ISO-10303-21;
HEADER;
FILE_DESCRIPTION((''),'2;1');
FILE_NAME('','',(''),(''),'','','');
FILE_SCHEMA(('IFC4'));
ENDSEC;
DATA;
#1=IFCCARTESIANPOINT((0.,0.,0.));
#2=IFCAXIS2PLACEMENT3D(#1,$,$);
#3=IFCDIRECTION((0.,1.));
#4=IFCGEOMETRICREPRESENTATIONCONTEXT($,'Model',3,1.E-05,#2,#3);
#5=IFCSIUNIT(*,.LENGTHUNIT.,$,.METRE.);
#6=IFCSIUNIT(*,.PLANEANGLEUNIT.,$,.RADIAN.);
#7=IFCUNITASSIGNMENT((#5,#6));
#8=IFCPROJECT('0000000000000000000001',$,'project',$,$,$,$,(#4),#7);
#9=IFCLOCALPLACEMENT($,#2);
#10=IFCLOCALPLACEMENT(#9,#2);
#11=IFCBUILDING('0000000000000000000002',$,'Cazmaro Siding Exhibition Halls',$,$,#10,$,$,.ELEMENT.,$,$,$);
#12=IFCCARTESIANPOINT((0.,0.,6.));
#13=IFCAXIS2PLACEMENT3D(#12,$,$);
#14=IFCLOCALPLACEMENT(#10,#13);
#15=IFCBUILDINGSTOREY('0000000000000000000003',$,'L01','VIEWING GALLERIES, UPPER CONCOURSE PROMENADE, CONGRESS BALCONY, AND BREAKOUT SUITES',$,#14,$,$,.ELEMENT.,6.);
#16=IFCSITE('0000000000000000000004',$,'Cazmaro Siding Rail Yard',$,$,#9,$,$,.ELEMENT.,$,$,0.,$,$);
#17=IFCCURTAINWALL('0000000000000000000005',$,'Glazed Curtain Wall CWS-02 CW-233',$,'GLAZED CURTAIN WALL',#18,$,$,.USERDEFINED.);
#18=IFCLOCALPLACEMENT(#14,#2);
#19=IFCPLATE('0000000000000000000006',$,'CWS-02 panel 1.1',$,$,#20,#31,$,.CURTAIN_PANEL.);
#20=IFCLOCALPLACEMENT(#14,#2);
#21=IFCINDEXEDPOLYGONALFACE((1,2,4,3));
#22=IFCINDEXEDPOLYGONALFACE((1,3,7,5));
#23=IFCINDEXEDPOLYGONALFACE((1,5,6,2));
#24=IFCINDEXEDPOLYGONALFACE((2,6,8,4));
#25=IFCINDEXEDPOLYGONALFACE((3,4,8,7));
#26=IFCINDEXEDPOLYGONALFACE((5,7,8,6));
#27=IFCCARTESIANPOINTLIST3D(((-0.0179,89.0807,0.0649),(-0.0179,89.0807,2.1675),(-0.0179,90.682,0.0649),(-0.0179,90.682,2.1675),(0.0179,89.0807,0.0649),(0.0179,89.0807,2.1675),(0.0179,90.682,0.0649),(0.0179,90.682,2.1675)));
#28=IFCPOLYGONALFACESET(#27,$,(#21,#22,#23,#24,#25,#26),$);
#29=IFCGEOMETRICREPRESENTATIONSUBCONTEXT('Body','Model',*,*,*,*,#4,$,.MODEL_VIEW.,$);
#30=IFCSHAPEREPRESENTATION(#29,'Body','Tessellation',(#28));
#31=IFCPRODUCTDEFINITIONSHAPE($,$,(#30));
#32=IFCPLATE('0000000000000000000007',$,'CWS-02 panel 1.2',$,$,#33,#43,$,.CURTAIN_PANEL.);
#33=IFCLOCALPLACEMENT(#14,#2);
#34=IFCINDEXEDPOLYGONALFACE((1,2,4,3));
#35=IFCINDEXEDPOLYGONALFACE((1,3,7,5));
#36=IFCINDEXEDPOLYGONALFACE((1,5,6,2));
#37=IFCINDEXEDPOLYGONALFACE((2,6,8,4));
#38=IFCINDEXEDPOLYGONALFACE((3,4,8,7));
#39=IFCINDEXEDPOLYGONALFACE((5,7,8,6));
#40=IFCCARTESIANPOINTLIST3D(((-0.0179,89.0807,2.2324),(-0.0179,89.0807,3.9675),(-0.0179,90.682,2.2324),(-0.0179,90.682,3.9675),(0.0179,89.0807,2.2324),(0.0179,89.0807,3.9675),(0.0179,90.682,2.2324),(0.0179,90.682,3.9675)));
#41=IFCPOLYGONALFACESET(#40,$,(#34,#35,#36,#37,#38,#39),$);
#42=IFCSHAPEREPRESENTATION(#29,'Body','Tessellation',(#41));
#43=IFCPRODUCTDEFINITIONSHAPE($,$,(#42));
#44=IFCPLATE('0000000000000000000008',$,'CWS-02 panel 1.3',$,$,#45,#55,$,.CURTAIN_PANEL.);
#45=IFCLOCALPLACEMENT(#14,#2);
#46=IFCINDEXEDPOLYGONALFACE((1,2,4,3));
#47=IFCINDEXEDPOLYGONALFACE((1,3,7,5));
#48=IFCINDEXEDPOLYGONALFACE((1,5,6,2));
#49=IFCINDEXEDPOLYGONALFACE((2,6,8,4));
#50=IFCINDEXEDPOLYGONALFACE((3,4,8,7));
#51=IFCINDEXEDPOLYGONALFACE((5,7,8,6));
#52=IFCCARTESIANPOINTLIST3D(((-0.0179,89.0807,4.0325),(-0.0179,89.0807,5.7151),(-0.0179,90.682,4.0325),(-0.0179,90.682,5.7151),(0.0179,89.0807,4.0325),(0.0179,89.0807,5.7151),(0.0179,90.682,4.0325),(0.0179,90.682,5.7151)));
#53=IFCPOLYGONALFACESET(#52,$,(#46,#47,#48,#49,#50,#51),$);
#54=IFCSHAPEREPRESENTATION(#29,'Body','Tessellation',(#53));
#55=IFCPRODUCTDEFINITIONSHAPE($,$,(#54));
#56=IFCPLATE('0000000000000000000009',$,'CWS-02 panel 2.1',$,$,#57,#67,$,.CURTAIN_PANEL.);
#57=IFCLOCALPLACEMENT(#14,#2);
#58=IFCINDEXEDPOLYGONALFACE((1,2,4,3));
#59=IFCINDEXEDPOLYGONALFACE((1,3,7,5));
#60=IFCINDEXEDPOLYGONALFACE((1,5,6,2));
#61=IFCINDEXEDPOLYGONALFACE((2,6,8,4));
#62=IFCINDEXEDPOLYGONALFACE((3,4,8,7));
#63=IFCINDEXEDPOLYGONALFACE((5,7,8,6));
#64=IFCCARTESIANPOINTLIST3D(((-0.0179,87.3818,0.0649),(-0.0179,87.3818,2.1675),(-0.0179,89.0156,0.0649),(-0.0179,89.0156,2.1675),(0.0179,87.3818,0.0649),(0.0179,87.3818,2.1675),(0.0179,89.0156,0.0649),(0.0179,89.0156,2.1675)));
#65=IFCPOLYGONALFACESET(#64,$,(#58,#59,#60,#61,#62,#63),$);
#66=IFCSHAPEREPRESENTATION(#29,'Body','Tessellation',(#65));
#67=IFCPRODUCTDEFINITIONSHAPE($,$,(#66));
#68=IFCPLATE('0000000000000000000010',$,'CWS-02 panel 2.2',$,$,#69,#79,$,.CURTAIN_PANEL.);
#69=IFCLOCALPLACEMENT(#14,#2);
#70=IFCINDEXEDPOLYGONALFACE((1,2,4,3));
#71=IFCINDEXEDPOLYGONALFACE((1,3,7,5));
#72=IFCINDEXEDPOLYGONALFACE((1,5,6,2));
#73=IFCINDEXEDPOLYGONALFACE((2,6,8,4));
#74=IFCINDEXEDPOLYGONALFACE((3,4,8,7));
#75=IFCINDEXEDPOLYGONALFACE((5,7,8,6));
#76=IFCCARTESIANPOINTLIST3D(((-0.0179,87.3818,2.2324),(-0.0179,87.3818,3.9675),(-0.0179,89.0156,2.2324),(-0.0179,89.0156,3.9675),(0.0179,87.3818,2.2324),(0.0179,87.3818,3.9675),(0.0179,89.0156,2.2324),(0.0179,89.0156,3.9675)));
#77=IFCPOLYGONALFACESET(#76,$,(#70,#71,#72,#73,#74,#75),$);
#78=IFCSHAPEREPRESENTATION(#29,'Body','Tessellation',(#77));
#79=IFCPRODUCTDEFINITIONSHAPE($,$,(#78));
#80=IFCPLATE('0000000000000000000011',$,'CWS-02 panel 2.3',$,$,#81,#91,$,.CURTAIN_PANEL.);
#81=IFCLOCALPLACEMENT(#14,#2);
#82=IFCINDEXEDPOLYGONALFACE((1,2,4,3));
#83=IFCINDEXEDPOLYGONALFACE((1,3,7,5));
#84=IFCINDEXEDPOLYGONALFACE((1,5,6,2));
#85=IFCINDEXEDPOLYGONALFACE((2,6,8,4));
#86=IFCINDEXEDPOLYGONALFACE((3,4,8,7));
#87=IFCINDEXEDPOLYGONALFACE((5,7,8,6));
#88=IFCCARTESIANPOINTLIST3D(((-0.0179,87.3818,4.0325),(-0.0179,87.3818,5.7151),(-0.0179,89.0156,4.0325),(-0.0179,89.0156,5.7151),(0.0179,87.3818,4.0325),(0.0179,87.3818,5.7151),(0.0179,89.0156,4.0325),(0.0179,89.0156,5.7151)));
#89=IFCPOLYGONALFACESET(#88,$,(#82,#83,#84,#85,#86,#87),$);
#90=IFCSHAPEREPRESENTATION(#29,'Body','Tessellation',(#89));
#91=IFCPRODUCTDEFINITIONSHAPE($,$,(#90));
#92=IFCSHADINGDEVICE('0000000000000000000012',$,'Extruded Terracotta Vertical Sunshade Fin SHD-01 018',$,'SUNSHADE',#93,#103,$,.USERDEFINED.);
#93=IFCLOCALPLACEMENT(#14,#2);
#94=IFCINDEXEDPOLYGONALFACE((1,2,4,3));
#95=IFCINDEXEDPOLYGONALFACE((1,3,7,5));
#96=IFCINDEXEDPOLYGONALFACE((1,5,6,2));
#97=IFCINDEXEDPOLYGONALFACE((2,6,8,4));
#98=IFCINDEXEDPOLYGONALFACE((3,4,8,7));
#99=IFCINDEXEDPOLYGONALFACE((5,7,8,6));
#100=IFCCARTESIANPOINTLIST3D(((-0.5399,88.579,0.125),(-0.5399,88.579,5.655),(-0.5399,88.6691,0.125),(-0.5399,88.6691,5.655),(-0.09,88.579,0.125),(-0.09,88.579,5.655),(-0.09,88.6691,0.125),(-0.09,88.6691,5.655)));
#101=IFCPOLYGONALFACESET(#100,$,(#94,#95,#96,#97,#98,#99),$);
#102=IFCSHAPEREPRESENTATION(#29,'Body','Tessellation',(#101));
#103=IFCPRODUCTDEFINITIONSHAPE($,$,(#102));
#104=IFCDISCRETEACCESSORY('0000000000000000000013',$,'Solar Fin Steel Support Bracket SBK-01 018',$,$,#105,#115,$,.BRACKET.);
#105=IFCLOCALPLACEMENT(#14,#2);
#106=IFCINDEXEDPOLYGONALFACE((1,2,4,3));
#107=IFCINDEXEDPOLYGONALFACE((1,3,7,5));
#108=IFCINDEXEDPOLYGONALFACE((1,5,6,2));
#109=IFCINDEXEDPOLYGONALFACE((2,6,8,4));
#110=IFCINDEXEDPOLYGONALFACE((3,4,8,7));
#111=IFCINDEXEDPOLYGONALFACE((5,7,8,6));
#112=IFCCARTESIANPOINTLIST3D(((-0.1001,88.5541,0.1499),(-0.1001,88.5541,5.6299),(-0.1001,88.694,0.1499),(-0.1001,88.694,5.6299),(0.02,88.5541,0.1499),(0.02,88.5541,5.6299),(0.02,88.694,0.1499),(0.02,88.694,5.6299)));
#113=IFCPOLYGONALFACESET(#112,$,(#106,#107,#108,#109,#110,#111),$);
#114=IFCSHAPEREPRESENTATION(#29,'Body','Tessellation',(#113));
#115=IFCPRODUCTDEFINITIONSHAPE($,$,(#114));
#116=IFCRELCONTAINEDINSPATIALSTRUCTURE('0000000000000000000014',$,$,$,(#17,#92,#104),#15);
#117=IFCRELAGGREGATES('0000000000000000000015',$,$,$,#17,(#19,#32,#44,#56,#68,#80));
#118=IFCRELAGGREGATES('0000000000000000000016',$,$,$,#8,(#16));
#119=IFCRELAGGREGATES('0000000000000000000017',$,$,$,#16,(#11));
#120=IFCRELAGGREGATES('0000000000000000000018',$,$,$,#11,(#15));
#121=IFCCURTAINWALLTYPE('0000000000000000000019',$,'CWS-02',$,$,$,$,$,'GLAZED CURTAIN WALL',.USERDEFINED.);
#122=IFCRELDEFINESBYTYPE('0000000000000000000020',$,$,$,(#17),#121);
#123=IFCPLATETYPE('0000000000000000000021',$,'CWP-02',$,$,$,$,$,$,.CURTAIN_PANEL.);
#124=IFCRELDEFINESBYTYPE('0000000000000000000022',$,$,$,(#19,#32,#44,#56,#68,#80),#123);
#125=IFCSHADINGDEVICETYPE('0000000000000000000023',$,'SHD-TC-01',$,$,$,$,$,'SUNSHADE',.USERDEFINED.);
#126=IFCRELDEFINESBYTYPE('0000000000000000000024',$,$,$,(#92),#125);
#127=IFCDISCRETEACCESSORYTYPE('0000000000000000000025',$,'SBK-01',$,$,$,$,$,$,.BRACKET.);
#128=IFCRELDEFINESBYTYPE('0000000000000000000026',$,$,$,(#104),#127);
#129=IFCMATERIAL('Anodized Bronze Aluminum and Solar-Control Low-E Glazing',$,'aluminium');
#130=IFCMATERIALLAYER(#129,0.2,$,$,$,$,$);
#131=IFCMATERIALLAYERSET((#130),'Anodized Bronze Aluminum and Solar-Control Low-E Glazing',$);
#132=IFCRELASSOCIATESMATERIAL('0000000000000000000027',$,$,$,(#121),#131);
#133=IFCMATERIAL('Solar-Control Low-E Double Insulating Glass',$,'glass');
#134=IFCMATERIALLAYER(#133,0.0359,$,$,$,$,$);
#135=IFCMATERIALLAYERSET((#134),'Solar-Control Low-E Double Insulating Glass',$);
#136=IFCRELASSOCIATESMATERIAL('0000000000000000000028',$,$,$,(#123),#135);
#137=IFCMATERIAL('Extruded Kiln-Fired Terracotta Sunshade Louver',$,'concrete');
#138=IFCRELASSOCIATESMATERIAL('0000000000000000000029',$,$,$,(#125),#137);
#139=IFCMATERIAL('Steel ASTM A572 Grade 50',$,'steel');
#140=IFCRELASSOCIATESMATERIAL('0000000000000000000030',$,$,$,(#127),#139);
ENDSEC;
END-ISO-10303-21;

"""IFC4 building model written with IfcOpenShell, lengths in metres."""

from ifc_helpers import new_model, si_unit, direction, frame, origin, origin_2d, place, context, subcontext, project, spatial, rectangle, extrude, material, layer, layer_set, type_object, element, aggregate, save


model = new_model("IFC4")

# Units and contexts
model_context = context("Model", 3, precision=1e-05, world=origin(), true_north=direction((0.0, 1.0)))
body_context = subcontext(model_context, "Body", "Model", "MODEL_VIEW")
ifc_project = project(units=[si_unit("LENGTHUNIT", "METRE"), si_unit("PLANEANGLEUNIT", "RADIAN")], contexts=[model_context])

# Site, building, storey
site_placement = place(None, origin())
site = spatial("IfcSite", under=ifc_project, at=site_placement, Name="Cazmaro Siding Rail Yard", CompositionType="ELEMENT", RefElevation=0.0)
building_placement = place(site_placement, origin())
building = spatial("IfcBuilding", under=site, at=building_placement, Name="Cazmaro Siding Exhibition Halls", CompositionType="ELEMENT")
storey_placement = place(building_placement, frame((0.0, 0.0, 6.0)))
storey = spatial("IfcBuildingStorey", under=building, at=storey_placement, Name="L01", Description="VIEWING GALLERIES, UPPER CONCOURSE PROMENADE, CONGRESS BALCONY, AND BREAKOUT SUITES", CompositionType="ELEMENT", Elevation=6.0)

# Curtain wall
ifc_material_1 = material(Name="Anodized Bronze Aluminum and Solar-Control Low-E Glazing", Category="aluminium")
ifc_layer_1 = layer(ifc_material_1, 0.2)
ifc_layer_set_1 = layer_set([ifc_layer_1], Name="Anodized Bronze Aluminum and Solar-Control Low-E Glazing")
curtain_wall_type = type_object("IfcCurtainWallType", Name="CWS-02", ElementType="GLAZED CURTAIN WALL", PredefinedType="USERDEFINED", material=ifc_layer_set_1)
curtain_wall_placement = place(storey_placement, origin())
curtain_wall = element("IfcCurtainWall", 1, at=curtain_wall_placement, inside=storey, type_object=curtain_wall_type, Name="Glazed Curtain Wall CWS-02 CW-233", ObjectType="GLAZED CURTAIN WALL", PredefinedType="USERDEFINED")

# Plates
ifc_material_2 = material(Name="Solar-Control Low-E Double Insulating Glass", Category="glass")
ifc_layer_2 = layer(ifc_material_2, 0.0359)
ifc_layer_set_2 = layer_set([ifc_layer_2], Name="Solar-Control Low-E Double Insulating Glass")
plate_type = type_object("IfcPlateType", Name="CWP-02", PredefinedType="CURTAIN_PANEL", material=ifc_layer_set_2)
plate_1_placement = place(storey_placement, frame((0.0, 89.8813, 0.0649), z_axis=(0.0, 0.0, 1.0), x_axis=(0.0, -1.0, 0.0)))
plate_1 = element("IfcPlate", 2, at=plate_1_placement, type_object=plate_type, Name="CWS-02 panel 1.1", PredefinedType="CURTAIN_PANEL", context=body_context, shape_type="SweptSolid", body=[
    extrude(rectangle(XDim=1.6013, YDim=0.0359, at=origin_2d()), origin(), (0.0, 0.0, 1.0), 2.1025),
])
plate_2_placement = place(storey_placement, frame((0.0, 89.8813, 2.2324), z_axis=(0.0, 0.0, 1.0), x_axis=(0.0, -1.0, 0.0)))
plate_2 = element("IfcPlate", 3, at=plate_2_placement, type_object=plate_type, Name="CWS-02 panel 1.2", PredefinedType="CURTAIN_PANEL", context=body_context, shape_type="SweptSolid", body=[
    extrude(rectangle(XDim=1.6013, YDim=0.0359, at=origin_2d()), origin(), (0.0, 0.0, 1.0), 1.7351),
])
plate_3_placement = place(storey_placement, frame((0.0, 89.8813, 4.0325), z_axis=(0.0, 0.0, 1.0), x_axis=(0.0, -1.0, 0.0)))
plate_3 = element("IfcPlate", 4, at=plate_3_placement, type_object=plate_type, Name="CWS-02 panel 1.3", PredefinedType="CURTAIN_PANEL", context=body_context, shape_type="SweptSolid", body=[
    extrude(rectangle(XDim=1.6013, YDim=0.0359, at=origin_2d()), origin(), (0.0, 0.0, 1.0), 1.6826),
])
plate_4_placement = place(storey_placement, frame((0.0, 88.1987, 0.0649), z_axis=(0.0, 0.0, 1.0), x_axis=(0.0, -1.0, 0.0)))
plate_4 = element("IfcPlate", 5, at=plate_4_placement, type_object=plate_type, Name="CWS-02 panel 2.1", PredefinedType="CURTAIN_PANEL", context=body_context, shape_type="SweptSolid", body=[
    extrude(rectangle(XDim=1.6338, YDim=0.0359, at=origin_2d()), origin(), (0.0, 0.0, 1.0), 2.1025),
])
plate_5_placement = place(storey_placement, frame((0.0, 88.1987, 2.2324), z_axis=(0.0, 0.0, 1.0), x_axis=(0.0, -1.0, 0.0)))
plate_5 = element("IfcPlate", 6, at=plate_5_placement, type_object=plate_type, Name="CWS-02 panel 2.2", PredefinedType="CURTAIN_PANEL", context=body_context, shape_type="SweptSolid", body=[
    extrude(rectangle(XDim=1.6338, YDim=0.0359, at=origin_2d()), origin(), (0.0, 0.0, 1.0), 1.7351),
])
plate_6_placement = place(storey_placement, frame((0.0, 88.1987, 4.0325), z_axis=(0.0, 0.0, 1.0), x_axis=(0.0, -1.0, 0.0)))
plate_6 = element("IfcPlate", 7, at=plate_6_placement, type_object=plate_type, Name="CWS-02 panel 2.3", PredefinedType="CURTAIN_PANEL", context=body_context, shape_type="SweptSolid", body=[
    extrude(rectangle(XDim=1.6338, YDim=0.0359, at=origin_2d()), origin(), (0.0, 0.0, 1.0), 1.6826),
])
aggregate(curtain_wall, [plate_1, plate_2, plate_3, plate_4, plate_5, plate_6])

# Shading device
ifc_material_3 = material(Name="Extruded Kiln-Fired Terracotta Sunshade Louver", Category="concrete")
shading_device_type = type_object("IfcShadingDeviceType", Name="SHD-TC-01", ElementType="SUNSHADE", PredefinedType="USERDEFINED", material=ifc_material_3)
shading_device_placement = place(storey_placement, frame((-0.3149, 88.624, 0.125), z_axis=(0.0, 0.0, 1.0), x_axis=(1.0, 0.0, 0.0)))
element("IfcShadingDevice", 8, at=shading_device_placement, inside=storey, type_object=shading_device_type, Name="Extruded Terracotta Vertical Sunshade Fin SHD-01 018", ObjectType="SUNSHADE", PredefinedType="USERDEFINED", context=body_context, shape_type="SweptSolid", body=[
    extrude(rectangle(XDim=0.45, YDim=0.0901, at=origin_2d()), origin(), (0.0, 0.0, 1.0), 5.53),
])

# Discrete accessory
ifc_material_4 = material(Name="Steel ASTM A572 Grade 50", Category="steel")
discrete_accessory_type = type_object("IfcDiscreteAccessoryType", Name="SBK-01", PredefinedType="BRACKET", material=ifc_material_4)
discrete_accessory_placement = place(storey_placement, frame((-0.04, 88.624, 0.1499), z_axis=(0.0, 0.0, 1.0), x_axis=(1.0, 0.0, 0.0)))
element("IfcDiscreteAccessory", 9, at=discrete_accessory_placement, inside=storey, type_object=discrete_accessory_type, Name="Solar Fin Steel Support Bracket SBK-01 018", PredefinedType="BRACKET", context=body_context, shape_type="SweptSolid", body=[
    extrude(rectangle(XDim=0.1201, YDim=0.1399, at=origin_2d()), origin(), (0.0, 0.0, 1.0), 5.48),
])

save(model, "model.ifc")
